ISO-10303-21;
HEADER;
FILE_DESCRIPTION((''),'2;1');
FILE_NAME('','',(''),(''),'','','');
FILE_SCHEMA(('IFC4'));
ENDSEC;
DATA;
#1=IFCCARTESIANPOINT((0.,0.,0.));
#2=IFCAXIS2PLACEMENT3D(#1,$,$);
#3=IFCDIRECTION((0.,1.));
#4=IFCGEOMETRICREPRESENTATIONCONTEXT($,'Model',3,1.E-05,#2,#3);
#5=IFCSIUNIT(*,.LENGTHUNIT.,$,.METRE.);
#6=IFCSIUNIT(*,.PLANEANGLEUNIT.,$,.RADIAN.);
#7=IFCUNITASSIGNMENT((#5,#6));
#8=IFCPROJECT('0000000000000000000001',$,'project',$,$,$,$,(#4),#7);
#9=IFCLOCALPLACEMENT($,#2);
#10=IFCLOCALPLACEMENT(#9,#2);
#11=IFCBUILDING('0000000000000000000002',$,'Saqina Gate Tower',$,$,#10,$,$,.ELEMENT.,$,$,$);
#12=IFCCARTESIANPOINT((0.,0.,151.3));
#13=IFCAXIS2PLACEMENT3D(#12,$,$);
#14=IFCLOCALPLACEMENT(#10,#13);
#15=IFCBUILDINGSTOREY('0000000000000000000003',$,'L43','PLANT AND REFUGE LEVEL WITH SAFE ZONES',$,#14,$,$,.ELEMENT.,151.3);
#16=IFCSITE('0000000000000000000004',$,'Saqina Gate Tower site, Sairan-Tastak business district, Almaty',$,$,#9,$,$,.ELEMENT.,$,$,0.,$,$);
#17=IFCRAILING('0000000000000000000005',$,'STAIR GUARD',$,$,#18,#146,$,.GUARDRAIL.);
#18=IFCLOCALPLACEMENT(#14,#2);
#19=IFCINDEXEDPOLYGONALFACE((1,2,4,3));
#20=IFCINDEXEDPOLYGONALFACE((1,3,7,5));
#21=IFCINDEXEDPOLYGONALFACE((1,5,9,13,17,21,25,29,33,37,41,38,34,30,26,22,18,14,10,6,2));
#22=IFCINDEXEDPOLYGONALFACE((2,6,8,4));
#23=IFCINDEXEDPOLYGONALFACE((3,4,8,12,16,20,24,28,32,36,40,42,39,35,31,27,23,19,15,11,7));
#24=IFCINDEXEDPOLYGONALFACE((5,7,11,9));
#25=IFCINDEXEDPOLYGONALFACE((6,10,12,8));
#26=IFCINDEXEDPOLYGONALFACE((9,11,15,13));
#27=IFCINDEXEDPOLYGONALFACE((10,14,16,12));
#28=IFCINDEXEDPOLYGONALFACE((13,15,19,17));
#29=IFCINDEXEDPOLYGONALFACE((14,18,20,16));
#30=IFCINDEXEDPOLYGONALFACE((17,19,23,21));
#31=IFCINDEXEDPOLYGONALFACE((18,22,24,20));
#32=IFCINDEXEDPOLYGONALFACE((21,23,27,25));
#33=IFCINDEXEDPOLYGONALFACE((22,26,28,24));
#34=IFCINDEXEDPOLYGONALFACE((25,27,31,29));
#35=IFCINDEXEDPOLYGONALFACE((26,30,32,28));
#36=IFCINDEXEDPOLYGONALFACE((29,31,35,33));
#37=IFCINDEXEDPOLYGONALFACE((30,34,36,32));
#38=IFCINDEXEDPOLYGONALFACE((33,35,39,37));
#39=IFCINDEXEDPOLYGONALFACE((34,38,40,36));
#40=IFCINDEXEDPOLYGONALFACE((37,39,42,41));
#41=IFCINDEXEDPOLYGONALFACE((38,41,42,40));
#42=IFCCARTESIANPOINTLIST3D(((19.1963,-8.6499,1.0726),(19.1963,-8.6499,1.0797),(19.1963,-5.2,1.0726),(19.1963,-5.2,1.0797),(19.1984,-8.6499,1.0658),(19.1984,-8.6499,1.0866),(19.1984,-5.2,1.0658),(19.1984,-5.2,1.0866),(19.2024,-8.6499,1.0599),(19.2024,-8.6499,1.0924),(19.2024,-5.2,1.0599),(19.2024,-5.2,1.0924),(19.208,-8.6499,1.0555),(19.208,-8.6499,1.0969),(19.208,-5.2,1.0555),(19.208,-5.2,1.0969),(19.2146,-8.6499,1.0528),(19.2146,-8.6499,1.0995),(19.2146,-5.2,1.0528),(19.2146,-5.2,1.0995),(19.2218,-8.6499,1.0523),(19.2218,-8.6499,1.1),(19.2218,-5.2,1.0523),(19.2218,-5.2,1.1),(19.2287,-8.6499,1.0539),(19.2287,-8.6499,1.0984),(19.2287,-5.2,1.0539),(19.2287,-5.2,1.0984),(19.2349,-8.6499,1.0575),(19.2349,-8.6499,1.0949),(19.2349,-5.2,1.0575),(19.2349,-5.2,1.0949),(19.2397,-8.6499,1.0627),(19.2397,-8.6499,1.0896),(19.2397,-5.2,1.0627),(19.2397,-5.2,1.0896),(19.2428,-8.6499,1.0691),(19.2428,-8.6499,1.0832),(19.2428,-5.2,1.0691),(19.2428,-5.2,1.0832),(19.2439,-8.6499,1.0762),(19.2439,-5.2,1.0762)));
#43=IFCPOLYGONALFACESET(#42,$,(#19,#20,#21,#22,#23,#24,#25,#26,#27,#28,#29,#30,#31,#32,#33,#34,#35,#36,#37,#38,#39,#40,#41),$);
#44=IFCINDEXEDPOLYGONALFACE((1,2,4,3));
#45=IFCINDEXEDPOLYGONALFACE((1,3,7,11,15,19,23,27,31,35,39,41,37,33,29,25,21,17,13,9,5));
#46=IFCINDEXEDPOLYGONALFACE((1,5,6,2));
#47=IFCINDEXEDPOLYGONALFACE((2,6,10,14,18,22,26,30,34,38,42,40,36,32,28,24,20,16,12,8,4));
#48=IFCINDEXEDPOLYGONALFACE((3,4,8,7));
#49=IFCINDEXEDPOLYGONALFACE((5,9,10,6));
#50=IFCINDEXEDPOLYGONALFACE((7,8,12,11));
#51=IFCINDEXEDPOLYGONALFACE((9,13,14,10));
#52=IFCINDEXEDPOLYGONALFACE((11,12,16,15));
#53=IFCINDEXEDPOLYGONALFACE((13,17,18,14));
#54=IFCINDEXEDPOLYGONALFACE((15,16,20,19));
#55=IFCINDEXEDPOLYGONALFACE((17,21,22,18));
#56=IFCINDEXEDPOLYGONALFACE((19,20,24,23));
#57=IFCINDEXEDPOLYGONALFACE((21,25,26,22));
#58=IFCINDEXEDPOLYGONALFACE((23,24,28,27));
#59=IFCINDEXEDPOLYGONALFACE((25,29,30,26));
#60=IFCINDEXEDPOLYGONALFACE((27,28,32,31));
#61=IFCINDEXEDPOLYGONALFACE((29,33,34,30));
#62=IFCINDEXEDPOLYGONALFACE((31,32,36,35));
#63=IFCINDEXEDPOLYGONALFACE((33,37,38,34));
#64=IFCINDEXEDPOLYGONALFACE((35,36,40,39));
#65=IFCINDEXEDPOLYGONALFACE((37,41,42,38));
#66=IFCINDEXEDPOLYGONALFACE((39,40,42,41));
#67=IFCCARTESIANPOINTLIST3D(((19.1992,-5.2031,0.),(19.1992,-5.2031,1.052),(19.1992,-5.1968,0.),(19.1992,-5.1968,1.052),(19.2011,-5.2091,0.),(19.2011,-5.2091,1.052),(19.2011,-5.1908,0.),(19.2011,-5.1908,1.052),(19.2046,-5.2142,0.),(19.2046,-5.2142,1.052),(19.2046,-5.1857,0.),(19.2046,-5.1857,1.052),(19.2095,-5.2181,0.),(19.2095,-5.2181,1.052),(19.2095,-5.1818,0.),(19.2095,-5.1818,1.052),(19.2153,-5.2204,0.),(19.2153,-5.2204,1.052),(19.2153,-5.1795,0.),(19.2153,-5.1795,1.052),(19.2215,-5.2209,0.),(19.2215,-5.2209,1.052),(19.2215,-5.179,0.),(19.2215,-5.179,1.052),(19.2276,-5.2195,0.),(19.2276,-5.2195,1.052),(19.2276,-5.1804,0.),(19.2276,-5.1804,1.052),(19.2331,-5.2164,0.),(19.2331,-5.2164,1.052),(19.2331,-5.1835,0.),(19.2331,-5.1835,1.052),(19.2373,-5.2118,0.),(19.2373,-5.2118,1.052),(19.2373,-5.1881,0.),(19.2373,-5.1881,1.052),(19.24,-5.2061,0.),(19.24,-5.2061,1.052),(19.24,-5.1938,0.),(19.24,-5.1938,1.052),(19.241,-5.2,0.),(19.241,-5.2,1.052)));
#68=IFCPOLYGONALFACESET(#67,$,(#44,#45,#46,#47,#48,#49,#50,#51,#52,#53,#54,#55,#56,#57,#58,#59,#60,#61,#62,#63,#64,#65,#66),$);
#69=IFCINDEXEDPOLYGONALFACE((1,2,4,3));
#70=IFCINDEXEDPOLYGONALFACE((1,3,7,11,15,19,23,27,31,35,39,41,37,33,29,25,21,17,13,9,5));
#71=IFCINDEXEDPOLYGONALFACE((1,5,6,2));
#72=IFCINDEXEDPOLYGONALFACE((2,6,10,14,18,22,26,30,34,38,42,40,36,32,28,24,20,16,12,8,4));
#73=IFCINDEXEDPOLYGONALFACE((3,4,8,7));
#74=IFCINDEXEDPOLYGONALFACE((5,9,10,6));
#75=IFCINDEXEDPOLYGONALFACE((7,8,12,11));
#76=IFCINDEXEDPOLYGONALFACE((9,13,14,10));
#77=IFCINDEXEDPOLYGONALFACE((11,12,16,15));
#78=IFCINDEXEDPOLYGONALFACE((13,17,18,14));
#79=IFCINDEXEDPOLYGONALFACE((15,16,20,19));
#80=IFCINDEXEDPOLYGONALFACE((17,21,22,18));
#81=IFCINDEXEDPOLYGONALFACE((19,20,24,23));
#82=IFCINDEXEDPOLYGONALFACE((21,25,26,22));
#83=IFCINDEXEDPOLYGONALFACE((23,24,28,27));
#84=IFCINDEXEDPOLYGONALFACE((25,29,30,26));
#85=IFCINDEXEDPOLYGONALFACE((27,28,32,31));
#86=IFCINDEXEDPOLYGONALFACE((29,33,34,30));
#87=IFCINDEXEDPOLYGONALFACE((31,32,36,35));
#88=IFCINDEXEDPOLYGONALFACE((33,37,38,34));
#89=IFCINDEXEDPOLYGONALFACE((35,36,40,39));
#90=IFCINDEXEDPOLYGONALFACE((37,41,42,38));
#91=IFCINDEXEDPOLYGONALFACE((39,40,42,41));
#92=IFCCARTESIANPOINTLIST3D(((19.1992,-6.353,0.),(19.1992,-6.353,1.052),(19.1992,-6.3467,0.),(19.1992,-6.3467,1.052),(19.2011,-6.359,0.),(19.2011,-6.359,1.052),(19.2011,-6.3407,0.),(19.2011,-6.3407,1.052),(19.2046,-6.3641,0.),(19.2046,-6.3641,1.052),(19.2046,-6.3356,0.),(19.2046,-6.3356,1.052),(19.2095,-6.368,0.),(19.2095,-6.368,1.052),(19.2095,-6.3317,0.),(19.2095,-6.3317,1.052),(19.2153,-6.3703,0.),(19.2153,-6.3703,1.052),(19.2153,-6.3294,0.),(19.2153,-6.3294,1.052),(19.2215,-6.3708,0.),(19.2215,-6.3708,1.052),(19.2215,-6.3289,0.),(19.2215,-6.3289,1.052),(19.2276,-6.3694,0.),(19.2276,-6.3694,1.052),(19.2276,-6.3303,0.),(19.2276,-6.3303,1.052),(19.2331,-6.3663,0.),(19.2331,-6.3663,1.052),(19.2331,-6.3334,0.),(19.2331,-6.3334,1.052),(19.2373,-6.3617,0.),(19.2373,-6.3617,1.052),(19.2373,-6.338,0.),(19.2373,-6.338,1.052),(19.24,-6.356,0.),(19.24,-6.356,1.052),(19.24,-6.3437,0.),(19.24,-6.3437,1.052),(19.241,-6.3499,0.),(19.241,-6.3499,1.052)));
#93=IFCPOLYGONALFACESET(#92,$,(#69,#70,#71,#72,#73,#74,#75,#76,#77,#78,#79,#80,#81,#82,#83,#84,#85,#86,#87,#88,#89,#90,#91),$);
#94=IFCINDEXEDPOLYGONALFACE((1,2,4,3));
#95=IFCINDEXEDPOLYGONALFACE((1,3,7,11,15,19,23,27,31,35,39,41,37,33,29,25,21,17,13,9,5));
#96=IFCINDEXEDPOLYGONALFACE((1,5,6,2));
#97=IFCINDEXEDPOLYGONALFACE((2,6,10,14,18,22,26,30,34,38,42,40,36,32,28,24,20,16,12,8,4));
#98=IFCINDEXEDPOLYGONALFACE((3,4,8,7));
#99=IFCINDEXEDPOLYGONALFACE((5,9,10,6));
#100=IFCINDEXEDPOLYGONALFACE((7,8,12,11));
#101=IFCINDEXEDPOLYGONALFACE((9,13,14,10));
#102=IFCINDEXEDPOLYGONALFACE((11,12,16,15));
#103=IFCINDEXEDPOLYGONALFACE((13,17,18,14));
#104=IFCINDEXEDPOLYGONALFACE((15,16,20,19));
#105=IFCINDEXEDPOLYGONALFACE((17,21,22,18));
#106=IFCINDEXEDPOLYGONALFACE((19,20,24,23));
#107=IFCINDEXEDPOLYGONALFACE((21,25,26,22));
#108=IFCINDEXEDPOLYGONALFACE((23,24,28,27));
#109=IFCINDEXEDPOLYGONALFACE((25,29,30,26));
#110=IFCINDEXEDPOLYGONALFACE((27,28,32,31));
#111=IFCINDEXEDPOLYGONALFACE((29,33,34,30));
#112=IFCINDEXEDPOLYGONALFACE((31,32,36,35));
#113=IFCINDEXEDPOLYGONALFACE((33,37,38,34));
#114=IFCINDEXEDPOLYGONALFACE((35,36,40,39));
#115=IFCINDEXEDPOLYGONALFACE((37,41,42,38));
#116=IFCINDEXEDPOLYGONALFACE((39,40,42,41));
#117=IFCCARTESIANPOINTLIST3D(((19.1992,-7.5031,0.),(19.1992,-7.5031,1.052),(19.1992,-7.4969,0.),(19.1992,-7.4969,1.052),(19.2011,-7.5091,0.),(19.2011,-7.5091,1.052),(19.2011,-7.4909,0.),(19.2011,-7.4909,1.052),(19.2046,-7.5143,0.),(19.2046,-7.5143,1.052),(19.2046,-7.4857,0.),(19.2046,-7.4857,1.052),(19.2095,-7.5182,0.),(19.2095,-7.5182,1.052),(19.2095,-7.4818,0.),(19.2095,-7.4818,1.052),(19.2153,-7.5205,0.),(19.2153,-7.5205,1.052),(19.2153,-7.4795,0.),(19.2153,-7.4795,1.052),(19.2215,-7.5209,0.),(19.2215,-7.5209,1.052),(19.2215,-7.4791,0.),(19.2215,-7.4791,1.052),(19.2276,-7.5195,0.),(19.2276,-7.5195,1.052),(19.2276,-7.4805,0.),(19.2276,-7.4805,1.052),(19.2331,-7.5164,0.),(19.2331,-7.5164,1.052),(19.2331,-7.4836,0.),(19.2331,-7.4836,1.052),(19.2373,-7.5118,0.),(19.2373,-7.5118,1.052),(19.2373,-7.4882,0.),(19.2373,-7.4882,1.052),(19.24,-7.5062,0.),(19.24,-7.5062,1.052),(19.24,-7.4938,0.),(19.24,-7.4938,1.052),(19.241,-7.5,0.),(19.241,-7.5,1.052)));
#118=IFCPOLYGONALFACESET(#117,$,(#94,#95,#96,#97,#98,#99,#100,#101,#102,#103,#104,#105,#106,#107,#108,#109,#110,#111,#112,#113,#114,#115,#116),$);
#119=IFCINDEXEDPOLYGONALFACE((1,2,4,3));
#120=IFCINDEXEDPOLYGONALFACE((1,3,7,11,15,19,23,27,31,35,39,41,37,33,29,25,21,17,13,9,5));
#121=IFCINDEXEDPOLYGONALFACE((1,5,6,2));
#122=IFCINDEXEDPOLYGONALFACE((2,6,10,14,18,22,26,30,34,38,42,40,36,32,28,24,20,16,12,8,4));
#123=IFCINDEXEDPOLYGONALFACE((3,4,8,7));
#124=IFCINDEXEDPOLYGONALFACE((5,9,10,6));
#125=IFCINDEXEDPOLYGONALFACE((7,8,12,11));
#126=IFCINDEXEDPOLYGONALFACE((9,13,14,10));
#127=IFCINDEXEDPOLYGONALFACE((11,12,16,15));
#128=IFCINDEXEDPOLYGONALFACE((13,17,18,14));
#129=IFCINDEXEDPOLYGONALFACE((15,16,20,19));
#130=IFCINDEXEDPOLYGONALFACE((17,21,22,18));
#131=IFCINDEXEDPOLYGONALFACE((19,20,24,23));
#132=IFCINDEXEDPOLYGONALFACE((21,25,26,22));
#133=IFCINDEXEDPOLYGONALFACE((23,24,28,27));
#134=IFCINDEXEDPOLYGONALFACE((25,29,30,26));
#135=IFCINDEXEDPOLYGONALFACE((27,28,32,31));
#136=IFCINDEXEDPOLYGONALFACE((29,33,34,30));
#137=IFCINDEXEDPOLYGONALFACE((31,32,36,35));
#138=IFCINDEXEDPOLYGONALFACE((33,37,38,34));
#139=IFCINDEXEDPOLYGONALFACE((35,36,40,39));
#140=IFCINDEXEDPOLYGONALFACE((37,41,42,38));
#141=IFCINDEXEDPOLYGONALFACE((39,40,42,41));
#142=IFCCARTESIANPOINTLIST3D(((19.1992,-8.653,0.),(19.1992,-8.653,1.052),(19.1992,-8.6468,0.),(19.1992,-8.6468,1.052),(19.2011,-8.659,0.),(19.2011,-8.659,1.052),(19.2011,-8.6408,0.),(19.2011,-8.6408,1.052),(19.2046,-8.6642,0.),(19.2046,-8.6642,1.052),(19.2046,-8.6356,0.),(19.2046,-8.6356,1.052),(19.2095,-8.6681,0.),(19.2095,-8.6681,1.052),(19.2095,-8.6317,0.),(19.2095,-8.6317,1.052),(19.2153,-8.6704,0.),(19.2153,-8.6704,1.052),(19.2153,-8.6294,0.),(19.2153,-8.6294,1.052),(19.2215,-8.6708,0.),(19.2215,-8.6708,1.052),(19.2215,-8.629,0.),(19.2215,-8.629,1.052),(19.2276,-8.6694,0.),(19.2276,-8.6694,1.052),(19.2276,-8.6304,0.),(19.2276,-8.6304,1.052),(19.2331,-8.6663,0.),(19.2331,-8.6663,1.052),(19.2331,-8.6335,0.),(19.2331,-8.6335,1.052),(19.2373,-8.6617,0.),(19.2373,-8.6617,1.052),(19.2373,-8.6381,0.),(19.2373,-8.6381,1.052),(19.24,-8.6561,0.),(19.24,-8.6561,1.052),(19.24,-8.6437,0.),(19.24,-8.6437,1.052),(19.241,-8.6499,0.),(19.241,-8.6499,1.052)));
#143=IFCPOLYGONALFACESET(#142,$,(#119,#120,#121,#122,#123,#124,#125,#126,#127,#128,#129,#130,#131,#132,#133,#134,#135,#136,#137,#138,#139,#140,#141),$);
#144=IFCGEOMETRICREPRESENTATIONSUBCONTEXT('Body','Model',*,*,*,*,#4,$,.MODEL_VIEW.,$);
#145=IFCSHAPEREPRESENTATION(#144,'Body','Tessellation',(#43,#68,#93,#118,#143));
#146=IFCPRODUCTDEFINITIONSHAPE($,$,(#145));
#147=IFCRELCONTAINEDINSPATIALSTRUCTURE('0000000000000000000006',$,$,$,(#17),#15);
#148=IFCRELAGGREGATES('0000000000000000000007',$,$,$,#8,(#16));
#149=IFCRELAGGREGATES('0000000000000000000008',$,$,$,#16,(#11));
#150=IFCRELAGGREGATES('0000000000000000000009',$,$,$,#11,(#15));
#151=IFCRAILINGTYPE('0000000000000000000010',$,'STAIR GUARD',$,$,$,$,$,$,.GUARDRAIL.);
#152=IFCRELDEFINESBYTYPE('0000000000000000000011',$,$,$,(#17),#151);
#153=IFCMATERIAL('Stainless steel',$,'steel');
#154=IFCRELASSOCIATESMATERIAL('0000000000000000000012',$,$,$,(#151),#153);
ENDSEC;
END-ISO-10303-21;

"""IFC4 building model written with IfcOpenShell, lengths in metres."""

from ifc_helpers import new_model, si_unit, direction, frame, origin, origin_2d, place, context, subcontext, project, spatial, circle, extrude, material, type_object, element, save


model = new_model("IFC4")

# Units and contexts
model_context = context("Model", 3, precision=1e-05, world=origin(), true_north=direction((0.0, 1.0)))
body_context = subcontext(model_context, "Body", "Model", "MODEL_VIEW")
ifc_project = project(units=[si_unit("LENGTHUNIT", "METRE"), si_unit("PLANEANGLEUNIT", "RADIAN")], contexts=[model_context])

# Site, building, storey
site_placement = place(None, origin())
site = spatial("IfcSite", under=ifc_project, at=site_placement, Name="Saqina Gate Tower site, Sairan-Tastak business district, Almaty", CompositionType="ELEMENT", RefElevation=0.0)
building_placement = place(site_placement, origin())
building = spatial("IfcBuilding", under=site, at=building_placement, Name="Saqina Gate Tower", CompositionType="ELEMENT")
storey_placement = place(building_placement, frame((0.0, 0.0, 151.3)))
storey = spatial("IfcBuildingStorey", under=building, at=storey_placement, Name="L43", Description="PLANT AND REFUGE LEVEL WITH SAFE ZONES", CompositionType="ELEMENT", Elevation=151.3)

# Railing
ifc_material_1 = material(Name="Stainless steel", Category="steel")
railing_type_1 = type_object("IfcRailingType", Name="STAIR GUARD", PredefinedType="GUARDRAIL", material=ifc_material_1)
railing_1_placement = place(storey_placement, frame((19.22, -5.2, 0.0)))
element("IfcRailing", 1, at=railing_1_placement, inside=storey, type_object=railing_type_1, Name="STAIR GUARD", PredefinedType="GUARDRAIL", context=body_context, shape_type="SweptSolid", body=[
    extrude(circle(Radius=0.0239, at=origin_2d()), frame((0.0, 0.0, 1.0762), z_axis=(0.0, -1.0, 0.0), x_axis=(1.0, 0.0, 0.0)), (0.0, 0.0, 1.0), 3.45),
    extrude(circle(Radius=0.021, at=origin_2d()), origin(), (0.0, 0.0, 1.0), 1.052),
    extrude(circle(Radius=0.021, at=origin_2d()), frame((0.0, -1.1499, 0.0)), (0.0, 0.0, 1.0), 1.052),
    extrude(circle(Radius=0.021, at=origin_2d()), frame((0.0, -2.3, 0.0)), (0.0, 0.0, 1.0), 1.052),
    extrude(circle(Radius=0.021, at=origin_2d()), frame((0.0, -3.45, 0.0)), (0.0, 0.0, 1.0), 1.052),
])

save(model, "model.ifc")
